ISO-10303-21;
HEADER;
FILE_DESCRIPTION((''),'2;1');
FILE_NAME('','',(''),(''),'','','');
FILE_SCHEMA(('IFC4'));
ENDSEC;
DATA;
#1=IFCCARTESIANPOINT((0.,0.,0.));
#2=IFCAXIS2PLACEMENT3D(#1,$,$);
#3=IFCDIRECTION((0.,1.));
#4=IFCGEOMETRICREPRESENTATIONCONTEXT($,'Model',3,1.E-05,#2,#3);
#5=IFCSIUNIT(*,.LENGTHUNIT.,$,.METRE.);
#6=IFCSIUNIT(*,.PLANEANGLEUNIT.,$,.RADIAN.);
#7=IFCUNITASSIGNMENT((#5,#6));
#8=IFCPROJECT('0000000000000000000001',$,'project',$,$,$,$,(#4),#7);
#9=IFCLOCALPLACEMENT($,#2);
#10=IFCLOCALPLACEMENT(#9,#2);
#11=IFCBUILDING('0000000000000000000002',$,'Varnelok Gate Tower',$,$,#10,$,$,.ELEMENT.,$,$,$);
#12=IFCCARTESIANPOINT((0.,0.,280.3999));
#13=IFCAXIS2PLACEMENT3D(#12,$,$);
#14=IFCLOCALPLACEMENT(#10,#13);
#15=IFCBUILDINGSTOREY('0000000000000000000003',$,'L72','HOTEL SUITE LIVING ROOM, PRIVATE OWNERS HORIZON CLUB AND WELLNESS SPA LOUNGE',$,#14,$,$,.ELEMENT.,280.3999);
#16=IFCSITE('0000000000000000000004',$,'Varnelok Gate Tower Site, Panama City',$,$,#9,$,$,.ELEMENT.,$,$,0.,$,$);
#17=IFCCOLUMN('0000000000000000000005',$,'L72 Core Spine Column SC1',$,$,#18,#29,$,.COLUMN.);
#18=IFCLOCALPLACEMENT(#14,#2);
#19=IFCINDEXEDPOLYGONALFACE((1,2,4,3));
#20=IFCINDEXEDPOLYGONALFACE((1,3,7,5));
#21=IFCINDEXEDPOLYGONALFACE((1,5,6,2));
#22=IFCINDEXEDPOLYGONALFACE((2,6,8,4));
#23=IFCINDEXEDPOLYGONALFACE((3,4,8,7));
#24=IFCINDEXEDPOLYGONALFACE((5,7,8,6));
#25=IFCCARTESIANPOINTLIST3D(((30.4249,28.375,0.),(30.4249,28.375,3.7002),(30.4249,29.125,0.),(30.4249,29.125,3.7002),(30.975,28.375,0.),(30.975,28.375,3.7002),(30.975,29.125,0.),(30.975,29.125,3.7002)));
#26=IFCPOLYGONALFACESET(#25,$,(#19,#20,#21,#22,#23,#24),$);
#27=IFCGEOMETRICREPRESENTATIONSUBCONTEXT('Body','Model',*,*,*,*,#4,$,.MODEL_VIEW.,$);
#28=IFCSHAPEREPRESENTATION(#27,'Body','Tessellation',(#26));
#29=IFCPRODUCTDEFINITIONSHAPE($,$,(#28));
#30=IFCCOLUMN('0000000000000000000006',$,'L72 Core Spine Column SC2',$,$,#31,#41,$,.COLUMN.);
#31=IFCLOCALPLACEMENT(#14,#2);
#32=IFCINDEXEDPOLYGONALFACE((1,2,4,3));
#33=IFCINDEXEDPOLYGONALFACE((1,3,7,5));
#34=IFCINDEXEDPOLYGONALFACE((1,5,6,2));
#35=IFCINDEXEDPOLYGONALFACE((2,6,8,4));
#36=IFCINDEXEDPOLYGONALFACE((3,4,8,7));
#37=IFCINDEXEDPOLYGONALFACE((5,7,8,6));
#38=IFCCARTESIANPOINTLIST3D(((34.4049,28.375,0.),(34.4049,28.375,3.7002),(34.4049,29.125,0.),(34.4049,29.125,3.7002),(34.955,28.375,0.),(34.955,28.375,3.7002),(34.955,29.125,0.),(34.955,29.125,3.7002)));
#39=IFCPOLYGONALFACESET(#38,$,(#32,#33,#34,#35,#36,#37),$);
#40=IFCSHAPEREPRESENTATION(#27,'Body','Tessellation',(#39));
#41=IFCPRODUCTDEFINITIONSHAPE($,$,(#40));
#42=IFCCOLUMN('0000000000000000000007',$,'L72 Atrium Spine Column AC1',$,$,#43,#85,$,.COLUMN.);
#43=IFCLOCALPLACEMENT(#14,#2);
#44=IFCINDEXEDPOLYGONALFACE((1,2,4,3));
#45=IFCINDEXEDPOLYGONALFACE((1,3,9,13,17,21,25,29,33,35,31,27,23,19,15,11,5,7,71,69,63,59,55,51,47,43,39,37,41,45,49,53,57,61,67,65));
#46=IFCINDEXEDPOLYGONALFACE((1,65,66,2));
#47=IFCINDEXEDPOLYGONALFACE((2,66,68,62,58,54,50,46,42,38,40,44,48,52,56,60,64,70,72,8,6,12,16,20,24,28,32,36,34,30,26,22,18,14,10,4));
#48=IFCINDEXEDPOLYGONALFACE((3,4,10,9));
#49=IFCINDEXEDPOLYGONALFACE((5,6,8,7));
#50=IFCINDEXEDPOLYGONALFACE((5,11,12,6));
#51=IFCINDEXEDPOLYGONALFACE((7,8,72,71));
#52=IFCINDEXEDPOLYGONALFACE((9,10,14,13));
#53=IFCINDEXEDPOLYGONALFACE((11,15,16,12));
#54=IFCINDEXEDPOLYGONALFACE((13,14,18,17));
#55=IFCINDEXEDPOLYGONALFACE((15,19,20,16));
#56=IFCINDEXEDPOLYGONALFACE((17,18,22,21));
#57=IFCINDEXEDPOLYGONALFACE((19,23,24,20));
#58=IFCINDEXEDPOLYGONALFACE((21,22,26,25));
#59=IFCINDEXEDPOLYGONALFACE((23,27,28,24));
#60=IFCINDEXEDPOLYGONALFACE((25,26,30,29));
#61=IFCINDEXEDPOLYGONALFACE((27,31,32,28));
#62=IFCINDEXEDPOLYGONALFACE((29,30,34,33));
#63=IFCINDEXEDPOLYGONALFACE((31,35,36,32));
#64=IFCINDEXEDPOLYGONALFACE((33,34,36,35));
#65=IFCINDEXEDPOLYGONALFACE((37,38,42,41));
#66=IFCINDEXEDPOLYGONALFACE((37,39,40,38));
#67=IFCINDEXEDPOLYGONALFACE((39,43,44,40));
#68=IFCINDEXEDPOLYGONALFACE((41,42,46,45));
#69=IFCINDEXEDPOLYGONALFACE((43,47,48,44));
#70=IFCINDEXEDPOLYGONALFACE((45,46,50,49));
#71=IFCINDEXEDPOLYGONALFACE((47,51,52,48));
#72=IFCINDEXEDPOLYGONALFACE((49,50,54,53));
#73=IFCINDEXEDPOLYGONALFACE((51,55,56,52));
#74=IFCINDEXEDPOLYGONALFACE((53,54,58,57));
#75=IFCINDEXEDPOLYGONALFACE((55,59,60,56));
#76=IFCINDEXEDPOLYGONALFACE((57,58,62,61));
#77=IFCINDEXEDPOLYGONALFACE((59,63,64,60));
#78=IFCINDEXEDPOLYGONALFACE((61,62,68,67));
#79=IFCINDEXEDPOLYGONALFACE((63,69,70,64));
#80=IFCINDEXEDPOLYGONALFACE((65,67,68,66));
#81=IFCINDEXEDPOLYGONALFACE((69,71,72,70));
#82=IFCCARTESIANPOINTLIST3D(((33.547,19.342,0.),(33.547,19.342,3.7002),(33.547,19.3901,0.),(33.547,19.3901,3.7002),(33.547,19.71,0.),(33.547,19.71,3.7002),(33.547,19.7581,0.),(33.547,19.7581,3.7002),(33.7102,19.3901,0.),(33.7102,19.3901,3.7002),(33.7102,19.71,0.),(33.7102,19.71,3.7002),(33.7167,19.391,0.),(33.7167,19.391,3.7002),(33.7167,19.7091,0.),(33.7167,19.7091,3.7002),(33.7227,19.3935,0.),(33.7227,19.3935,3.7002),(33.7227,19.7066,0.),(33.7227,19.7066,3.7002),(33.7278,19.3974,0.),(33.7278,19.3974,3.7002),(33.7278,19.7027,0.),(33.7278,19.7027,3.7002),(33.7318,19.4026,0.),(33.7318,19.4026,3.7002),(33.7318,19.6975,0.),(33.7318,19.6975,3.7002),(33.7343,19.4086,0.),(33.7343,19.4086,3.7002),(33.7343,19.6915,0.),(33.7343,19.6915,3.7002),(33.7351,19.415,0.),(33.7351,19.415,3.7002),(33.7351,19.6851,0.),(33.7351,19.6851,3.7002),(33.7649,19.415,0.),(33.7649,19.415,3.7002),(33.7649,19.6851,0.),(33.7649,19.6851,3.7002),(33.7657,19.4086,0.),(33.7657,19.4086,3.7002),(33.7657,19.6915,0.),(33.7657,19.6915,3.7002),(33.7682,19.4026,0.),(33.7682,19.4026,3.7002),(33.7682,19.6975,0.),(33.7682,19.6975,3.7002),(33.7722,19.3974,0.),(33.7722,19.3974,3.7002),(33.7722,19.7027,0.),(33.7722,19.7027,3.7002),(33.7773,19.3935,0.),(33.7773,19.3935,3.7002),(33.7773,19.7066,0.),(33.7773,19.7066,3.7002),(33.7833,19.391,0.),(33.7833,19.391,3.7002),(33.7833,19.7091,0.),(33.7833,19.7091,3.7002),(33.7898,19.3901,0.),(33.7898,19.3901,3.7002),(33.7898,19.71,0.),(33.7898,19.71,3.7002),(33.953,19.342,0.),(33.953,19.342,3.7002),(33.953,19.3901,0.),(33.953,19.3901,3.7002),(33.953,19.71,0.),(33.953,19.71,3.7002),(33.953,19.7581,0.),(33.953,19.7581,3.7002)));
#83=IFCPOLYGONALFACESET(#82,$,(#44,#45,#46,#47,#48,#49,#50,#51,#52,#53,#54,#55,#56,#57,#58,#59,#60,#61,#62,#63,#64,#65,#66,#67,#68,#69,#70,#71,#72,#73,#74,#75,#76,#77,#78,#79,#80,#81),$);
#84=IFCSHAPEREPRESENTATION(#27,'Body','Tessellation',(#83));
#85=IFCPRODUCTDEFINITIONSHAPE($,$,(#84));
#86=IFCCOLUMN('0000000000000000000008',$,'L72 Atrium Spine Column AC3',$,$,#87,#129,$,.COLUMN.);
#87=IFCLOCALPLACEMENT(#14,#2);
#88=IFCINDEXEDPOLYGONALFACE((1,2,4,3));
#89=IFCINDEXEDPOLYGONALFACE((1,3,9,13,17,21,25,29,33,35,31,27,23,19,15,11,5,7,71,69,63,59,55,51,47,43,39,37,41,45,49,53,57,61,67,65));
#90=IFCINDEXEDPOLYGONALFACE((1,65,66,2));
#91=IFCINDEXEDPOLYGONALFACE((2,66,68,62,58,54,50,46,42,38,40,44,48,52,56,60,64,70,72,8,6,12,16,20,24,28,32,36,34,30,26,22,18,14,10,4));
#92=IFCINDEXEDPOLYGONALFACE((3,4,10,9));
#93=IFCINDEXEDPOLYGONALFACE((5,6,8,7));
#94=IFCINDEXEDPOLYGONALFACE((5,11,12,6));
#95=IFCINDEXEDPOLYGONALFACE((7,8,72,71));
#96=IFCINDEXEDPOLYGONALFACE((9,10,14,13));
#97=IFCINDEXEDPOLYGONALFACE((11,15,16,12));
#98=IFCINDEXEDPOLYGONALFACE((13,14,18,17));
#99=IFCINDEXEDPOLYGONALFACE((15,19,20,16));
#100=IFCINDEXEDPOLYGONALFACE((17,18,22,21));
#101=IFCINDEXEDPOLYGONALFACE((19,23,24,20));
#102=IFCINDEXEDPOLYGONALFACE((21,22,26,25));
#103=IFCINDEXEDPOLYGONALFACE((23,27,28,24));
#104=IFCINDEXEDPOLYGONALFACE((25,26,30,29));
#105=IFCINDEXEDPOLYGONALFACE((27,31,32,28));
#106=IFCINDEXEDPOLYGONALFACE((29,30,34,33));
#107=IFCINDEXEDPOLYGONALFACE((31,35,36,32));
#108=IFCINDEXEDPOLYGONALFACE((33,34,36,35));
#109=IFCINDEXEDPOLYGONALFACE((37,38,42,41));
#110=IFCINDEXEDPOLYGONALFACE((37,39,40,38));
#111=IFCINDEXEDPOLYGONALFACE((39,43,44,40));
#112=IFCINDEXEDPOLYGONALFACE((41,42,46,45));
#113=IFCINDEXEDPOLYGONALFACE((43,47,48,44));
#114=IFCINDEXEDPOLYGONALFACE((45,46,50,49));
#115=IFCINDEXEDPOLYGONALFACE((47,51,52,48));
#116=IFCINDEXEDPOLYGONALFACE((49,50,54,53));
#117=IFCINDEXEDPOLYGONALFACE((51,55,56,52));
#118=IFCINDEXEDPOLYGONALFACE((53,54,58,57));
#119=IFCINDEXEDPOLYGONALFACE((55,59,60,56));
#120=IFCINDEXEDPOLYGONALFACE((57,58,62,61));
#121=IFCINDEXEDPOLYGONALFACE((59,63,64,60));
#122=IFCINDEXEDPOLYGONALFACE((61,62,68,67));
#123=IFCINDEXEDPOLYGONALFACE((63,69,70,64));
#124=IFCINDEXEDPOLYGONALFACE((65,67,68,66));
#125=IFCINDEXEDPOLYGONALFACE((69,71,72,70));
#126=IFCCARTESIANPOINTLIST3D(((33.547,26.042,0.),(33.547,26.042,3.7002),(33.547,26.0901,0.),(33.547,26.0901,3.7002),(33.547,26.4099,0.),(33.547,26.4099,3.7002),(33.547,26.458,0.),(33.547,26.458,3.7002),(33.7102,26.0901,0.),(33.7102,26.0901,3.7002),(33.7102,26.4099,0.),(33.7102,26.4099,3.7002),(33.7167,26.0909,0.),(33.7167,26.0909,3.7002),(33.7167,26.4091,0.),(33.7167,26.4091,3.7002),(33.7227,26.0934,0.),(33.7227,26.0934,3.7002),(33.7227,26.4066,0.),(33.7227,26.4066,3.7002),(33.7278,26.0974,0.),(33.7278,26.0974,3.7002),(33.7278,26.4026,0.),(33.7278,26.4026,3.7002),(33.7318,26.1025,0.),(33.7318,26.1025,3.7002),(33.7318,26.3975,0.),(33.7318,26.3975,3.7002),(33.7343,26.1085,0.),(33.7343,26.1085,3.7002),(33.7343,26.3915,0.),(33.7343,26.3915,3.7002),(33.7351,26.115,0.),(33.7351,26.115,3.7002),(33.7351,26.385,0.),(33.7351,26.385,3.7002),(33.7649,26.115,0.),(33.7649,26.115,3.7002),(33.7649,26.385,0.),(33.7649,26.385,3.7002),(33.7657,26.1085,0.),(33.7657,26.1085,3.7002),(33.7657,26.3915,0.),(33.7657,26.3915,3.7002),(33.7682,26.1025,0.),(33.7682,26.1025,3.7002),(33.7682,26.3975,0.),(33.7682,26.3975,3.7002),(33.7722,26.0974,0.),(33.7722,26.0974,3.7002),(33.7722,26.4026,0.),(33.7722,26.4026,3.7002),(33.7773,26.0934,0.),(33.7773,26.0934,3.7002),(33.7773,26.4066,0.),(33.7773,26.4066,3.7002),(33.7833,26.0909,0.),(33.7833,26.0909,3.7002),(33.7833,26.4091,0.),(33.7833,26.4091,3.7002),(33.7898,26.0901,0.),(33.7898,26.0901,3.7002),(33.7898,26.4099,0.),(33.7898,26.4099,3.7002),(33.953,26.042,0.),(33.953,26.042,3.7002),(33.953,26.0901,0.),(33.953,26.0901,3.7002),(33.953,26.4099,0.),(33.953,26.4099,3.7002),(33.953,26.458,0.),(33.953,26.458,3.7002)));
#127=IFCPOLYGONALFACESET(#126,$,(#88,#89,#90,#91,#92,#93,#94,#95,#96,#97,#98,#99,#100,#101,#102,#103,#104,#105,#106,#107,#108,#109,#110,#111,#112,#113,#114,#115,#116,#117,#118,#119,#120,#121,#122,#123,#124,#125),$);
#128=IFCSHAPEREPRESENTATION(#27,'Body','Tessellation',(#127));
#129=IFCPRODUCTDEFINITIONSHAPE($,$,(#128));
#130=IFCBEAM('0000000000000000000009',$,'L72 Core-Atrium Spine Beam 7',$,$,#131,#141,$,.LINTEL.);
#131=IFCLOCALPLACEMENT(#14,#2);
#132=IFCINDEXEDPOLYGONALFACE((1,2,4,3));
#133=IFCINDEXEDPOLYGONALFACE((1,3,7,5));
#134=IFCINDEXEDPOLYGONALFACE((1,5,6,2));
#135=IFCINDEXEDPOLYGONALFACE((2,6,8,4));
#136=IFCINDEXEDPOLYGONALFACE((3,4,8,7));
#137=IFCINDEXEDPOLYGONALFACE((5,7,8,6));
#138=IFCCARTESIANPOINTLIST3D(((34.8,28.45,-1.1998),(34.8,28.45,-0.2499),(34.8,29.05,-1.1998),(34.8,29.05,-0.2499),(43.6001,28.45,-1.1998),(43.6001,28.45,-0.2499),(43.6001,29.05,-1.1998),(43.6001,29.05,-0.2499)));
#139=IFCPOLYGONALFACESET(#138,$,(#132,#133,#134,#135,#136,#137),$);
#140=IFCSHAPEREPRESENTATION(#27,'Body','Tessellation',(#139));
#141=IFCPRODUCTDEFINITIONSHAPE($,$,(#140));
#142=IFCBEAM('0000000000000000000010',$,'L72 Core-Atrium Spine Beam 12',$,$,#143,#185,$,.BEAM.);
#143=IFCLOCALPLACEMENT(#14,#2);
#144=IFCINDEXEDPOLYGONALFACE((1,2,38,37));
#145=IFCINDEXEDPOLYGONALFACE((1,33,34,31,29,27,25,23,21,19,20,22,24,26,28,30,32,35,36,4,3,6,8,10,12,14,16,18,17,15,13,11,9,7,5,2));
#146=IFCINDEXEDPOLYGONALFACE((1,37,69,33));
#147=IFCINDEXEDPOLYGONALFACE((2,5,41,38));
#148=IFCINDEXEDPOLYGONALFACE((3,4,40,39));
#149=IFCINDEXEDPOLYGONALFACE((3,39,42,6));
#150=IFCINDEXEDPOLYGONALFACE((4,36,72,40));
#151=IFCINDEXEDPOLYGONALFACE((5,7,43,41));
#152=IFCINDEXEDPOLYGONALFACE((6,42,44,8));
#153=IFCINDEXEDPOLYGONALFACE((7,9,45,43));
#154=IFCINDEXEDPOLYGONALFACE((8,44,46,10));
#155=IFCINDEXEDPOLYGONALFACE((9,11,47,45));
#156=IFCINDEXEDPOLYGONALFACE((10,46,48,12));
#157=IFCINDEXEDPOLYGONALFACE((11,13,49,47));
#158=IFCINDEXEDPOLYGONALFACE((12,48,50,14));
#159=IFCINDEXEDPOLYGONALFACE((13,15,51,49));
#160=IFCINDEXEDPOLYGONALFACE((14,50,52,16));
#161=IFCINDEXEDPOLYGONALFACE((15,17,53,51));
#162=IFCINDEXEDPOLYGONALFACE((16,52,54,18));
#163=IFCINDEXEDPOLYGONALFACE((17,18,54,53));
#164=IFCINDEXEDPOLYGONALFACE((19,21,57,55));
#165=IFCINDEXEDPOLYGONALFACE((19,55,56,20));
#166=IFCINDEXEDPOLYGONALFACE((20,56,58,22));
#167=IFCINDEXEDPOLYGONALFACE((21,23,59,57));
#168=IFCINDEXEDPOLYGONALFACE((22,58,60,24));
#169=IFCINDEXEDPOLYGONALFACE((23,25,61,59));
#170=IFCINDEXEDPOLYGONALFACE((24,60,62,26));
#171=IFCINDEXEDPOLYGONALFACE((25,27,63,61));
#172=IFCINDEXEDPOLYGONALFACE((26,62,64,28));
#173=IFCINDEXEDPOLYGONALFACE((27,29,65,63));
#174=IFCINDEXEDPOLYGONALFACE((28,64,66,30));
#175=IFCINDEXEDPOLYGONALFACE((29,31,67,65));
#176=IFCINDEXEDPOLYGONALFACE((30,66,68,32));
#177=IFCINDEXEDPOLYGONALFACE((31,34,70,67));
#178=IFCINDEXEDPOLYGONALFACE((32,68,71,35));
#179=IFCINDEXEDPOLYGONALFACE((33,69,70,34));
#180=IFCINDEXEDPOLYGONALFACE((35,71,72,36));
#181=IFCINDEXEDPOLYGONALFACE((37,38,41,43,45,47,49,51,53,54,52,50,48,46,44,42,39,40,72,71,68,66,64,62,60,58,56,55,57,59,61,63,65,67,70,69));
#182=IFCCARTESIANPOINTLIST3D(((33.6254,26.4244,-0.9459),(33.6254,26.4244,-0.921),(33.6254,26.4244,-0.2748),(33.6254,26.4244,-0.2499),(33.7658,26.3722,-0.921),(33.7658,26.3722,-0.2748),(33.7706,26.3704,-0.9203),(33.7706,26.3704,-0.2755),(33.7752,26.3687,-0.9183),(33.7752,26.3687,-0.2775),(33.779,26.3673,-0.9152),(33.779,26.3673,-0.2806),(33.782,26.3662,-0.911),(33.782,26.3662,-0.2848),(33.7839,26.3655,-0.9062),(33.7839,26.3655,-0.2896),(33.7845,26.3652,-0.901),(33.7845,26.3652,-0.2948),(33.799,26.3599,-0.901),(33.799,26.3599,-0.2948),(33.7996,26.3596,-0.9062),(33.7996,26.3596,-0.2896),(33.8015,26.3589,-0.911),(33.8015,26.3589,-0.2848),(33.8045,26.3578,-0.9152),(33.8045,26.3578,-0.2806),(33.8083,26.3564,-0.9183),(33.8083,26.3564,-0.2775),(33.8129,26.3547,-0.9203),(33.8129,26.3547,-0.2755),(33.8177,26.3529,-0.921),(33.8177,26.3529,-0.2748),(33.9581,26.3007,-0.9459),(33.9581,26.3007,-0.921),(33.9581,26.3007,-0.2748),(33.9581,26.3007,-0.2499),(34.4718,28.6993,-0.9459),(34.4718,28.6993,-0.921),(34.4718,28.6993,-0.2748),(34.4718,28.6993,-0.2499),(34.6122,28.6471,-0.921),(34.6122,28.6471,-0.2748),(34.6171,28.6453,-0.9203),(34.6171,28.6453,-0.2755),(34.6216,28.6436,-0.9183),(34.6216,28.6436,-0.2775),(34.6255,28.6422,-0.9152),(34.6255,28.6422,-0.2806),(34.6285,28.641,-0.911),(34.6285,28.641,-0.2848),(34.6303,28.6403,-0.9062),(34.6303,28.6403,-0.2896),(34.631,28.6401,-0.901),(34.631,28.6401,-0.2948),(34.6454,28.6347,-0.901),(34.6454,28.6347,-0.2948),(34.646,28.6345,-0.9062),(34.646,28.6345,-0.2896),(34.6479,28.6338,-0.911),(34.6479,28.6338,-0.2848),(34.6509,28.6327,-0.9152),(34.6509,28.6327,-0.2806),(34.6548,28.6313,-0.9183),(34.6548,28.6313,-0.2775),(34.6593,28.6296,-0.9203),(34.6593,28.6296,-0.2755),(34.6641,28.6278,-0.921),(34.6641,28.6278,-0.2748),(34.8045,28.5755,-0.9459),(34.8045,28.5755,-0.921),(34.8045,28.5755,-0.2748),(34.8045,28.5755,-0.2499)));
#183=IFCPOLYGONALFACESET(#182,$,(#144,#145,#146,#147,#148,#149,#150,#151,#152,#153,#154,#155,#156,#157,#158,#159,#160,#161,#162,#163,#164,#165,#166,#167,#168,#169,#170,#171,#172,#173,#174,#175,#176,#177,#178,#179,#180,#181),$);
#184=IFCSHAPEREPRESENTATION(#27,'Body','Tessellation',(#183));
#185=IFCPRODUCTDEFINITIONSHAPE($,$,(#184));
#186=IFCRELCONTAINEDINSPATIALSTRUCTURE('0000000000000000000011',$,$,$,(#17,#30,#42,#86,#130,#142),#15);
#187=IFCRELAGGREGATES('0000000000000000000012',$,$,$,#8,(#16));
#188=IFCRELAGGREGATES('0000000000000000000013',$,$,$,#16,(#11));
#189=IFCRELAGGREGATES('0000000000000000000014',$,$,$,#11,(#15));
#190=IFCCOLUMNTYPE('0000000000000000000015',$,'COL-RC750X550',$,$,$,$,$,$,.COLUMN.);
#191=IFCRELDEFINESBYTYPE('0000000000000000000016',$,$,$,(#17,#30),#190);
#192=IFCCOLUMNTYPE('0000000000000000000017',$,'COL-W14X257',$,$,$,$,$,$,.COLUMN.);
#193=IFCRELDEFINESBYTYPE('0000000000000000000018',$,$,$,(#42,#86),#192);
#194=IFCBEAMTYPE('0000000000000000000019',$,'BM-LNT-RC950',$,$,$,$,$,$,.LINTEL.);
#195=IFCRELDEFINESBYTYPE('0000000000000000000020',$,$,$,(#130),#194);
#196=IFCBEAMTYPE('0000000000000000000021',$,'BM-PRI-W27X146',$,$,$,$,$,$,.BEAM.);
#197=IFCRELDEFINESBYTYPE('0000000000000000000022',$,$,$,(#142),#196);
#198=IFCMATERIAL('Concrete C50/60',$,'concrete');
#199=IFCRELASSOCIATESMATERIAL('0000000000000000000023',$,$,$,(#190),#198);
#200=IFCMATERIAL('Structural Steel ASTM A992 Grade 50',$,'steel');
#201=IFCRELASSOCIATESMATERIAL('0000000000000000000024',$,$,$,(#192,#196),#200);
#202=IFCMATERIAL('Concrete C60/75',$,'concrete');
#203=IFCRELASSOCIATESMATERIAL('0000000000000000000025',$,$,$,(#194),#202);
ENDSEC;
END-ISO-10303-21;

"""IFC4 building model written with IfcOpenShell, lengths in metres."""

from ifc_helpers import new_model, si_unit, direction, frame, origin, origin_2d, place, context, subcontext, project, spatial, rectangle, i_section, extrude, material, material_profile, profile_set, type_object, element, save


model = new_model("IFC4")

# Units and contexts
model_context = context("Model", 3, precision=1e-05, world=origin(), true_north=direction((0.0, 1.0)))
body_context = subcontext(model_context, "Body", "Model", "MODEL_VIEW")
ifc_project = project(units=[si_unit("LENGTHUNIT", "METRE"), si_unit("PLANEANGLEUNIT", "RADIAN")], contexts=[model_context])

# Site, building, storey
site_placement = place(None, origin())
site = spatial("IfcSite", under=ifc_project, at=site_placement, Name="Varnelok Gate Tower Site, Panama City", CompositionType="ELEMENT", RefElevation=0.0)
building_placement = place(site_placement, origin())
building = spatial("IfcBuilding", under=site, at=building_placement, Name="Varnelok Gate Tower", CompositionType="ELEMENT")
storey_placement = place(building_placement, frame((0.0, 0.0, 280.3999)))
storey = spatial("IfcBuildingStorey", under=building, at=storey_placement, Name="L72", Description="HOTEL SUITE LIVING ROOM, PRIVATE OWNERS HORIZON CLUB AND WELLNESS SPA LOUNGE", CompositionType="ELEMENT", Elevation=280.3999)

# Columns
ifc_material_1 = material(Name="Concrete C50/60", Category="concrete")
ifc_material_profile_1 = material_profile(ifc_material_1, rectangle(XDim=0.55, YDim=0.75, at=origin_2d()), Name="RC750X550")
ifc_profile_set_1 = profile_set([ifc_material_profile_1], Name="Concrete C50/60")
column_type_1 = type_object("IfcColumnType", Name="COL-RC750X550", PredefinedType="COLUMN", material=ifc_profile_set_1)
for number, where, z_axis, x_axis, name in (
    (1, (30.7, 28.75, 0.0), (0.0, 0.0, 1.0), (1.0, 0.0, 0.0), "L72 Core Spine Column SC1"),
    (2, (34.6799, 28.75, 0.0), (0.0, 0.0, 1.0), (1.0, 0.0, 0.0), "L72 Core Spine Column SC2"),
):
    element("IfcColumn", number, at=place(storey_placement, frame(where, z_axis=z_axis, x_axis=x_axis)), inside=storey, type_object=column_type_1, Name=name, PredefinedType="COLUMN", context=body_context, shape_type="SweptSolid", body=[
        extrude(rectangle(XDim=0.55, YDim=0.75, at=origin_2d()), origin(), (0.0, 0.0, 1.0), 3.7002),
    ])
ifc_material_2 = material(Name="Structural Steel ASTM A992 Grade 50", Category="steel")
ifc_material_profile_2 = material_profile(ifc_material_2, i_section(OverallWidth=0.406, OverallDepth=0.416, WebThickness=0.0298, FlangeThickness=0.0481, FilletRadius=0.0249, at=origin_2d()), Name="W14X257")
ifc_profile_set_2 = profile_set([ifc_material_profile_2], Name="Structural Steel ASTM A992 Grade 50")
column_type_2 = type_object("IfcColumnType", Name="COL-W14X257", PredefinedType="COLUMN", material=ifc_profile_set_2)
for number, where, z_axis, x_axis, name in (
    (3, (33.75, 19.55, 0.0), (0.0, 0.0, 1.0), (1.0, 0.0, 0.0), "L72 Atrium Spine Column AC1"),
    (4, (33.75, 26.25, 0.0), (0.0, 0.0, 1.0), (1.0, 0.0, 0.0), "L72 Atrium Spine Column AC3"),
):
    element("IfcColumn", number, at=place(storey_placement, frame(where, z_axis=z_axis, x_axis=x_axis)), inside=storey, type_object=column_type_2, Name=name, PredefinedType="COLUMN", context=body_context, shape_type="SweptSolid", body=[
        extrude(i_section(OverallWidth=0.406, OverallDepth=0.416, WebThickness=0.0298, FlangeThickness=0.0481, FilletRadius=0.0249, at=origin_2d()), origin(), (0.0, 0.0, 1.0), 3.7002),
    ])

# Beams
ifc_material_3 = material(Name="Concrete C60/75", Category="concrete")
ifc_material_profile_3 = material_profile(ifc_material_3, rectangle(XDim=0.6001, YDim=0.95, at=origin_2d()), Name="RC950X600")
ifc_profile_set_3 = profile_set([ifc_material_profile_3], Name="Concrete C60/75")
beam_type_1 = type_object("IfcBeamType", Name="BM-LNT-RC950", PredefinedType="LINTEL", material=ifc_profile_set_3)
beam_1_placement = place(storey_placement, frame((34.8, 28.75, -0.7249), z_axis=(1.0, 0.0, 0.0), x_axis=(0.0, 1.0, 0.0)))
element("IfcBeam", 5, at=beam_1_placement, inside=storey, type_object=beam_type_1, Name="L72 Core-Atrium Spine Beam 7", PredefinedType="LINTEL", context=body_context, shape_type="SweptSolid", body=[
    extrude(rectangle(XDim=0.6001, YDim=0.95, at=origin_2d()), origin(), (0.0, 0.0, 1.0), 8.8),
])
ifc_material_profile_4 = material_profile(ifc_material_2, i_section(OverallWidth=0.355, OverallDepth=0.696, WebThickness=0.0154, FlangeThickness=0.0249, FilletRadius=0.02, at=origin_2d()), Name="W27X146")
ifc_profile_set_4 = profile_set([ifc_material_profile_4], Name="Structural Steel ASTM A992 Grade 50")
beam_type_2 = type_object("IfcBeamType", Name="BM-PRI-W27X146", PredefinedType="BEAM", material=ifc_profile_set_4)
beam_2_placement = place(storey_placement, frame((33.7917, 26.3625, -0.5979), z_axis=(0.348719, 0.937227, 0.0), x_axis=(-0.937227, 0.348719, 0.0)))
element("IfcBeam", 6, at=beam_2_placement, inside=storey, type_object=beam_type_2, Name="L72 Core-Atrium Spine Beam 12", PredefinedType="BEAM", context=body_context, shape_type="SweptSolid", body=[
    extrude(i_section(OverallWidth=0.355, OverallDepth=0.696, WebThickness=0.0154, FlangeThickness=0.0249, FilletRadius=0.02, at=origin_2d()), origin(), (0.0, 0.0, 1.0), 2.4272),
])

save(model, "model.ifc")
